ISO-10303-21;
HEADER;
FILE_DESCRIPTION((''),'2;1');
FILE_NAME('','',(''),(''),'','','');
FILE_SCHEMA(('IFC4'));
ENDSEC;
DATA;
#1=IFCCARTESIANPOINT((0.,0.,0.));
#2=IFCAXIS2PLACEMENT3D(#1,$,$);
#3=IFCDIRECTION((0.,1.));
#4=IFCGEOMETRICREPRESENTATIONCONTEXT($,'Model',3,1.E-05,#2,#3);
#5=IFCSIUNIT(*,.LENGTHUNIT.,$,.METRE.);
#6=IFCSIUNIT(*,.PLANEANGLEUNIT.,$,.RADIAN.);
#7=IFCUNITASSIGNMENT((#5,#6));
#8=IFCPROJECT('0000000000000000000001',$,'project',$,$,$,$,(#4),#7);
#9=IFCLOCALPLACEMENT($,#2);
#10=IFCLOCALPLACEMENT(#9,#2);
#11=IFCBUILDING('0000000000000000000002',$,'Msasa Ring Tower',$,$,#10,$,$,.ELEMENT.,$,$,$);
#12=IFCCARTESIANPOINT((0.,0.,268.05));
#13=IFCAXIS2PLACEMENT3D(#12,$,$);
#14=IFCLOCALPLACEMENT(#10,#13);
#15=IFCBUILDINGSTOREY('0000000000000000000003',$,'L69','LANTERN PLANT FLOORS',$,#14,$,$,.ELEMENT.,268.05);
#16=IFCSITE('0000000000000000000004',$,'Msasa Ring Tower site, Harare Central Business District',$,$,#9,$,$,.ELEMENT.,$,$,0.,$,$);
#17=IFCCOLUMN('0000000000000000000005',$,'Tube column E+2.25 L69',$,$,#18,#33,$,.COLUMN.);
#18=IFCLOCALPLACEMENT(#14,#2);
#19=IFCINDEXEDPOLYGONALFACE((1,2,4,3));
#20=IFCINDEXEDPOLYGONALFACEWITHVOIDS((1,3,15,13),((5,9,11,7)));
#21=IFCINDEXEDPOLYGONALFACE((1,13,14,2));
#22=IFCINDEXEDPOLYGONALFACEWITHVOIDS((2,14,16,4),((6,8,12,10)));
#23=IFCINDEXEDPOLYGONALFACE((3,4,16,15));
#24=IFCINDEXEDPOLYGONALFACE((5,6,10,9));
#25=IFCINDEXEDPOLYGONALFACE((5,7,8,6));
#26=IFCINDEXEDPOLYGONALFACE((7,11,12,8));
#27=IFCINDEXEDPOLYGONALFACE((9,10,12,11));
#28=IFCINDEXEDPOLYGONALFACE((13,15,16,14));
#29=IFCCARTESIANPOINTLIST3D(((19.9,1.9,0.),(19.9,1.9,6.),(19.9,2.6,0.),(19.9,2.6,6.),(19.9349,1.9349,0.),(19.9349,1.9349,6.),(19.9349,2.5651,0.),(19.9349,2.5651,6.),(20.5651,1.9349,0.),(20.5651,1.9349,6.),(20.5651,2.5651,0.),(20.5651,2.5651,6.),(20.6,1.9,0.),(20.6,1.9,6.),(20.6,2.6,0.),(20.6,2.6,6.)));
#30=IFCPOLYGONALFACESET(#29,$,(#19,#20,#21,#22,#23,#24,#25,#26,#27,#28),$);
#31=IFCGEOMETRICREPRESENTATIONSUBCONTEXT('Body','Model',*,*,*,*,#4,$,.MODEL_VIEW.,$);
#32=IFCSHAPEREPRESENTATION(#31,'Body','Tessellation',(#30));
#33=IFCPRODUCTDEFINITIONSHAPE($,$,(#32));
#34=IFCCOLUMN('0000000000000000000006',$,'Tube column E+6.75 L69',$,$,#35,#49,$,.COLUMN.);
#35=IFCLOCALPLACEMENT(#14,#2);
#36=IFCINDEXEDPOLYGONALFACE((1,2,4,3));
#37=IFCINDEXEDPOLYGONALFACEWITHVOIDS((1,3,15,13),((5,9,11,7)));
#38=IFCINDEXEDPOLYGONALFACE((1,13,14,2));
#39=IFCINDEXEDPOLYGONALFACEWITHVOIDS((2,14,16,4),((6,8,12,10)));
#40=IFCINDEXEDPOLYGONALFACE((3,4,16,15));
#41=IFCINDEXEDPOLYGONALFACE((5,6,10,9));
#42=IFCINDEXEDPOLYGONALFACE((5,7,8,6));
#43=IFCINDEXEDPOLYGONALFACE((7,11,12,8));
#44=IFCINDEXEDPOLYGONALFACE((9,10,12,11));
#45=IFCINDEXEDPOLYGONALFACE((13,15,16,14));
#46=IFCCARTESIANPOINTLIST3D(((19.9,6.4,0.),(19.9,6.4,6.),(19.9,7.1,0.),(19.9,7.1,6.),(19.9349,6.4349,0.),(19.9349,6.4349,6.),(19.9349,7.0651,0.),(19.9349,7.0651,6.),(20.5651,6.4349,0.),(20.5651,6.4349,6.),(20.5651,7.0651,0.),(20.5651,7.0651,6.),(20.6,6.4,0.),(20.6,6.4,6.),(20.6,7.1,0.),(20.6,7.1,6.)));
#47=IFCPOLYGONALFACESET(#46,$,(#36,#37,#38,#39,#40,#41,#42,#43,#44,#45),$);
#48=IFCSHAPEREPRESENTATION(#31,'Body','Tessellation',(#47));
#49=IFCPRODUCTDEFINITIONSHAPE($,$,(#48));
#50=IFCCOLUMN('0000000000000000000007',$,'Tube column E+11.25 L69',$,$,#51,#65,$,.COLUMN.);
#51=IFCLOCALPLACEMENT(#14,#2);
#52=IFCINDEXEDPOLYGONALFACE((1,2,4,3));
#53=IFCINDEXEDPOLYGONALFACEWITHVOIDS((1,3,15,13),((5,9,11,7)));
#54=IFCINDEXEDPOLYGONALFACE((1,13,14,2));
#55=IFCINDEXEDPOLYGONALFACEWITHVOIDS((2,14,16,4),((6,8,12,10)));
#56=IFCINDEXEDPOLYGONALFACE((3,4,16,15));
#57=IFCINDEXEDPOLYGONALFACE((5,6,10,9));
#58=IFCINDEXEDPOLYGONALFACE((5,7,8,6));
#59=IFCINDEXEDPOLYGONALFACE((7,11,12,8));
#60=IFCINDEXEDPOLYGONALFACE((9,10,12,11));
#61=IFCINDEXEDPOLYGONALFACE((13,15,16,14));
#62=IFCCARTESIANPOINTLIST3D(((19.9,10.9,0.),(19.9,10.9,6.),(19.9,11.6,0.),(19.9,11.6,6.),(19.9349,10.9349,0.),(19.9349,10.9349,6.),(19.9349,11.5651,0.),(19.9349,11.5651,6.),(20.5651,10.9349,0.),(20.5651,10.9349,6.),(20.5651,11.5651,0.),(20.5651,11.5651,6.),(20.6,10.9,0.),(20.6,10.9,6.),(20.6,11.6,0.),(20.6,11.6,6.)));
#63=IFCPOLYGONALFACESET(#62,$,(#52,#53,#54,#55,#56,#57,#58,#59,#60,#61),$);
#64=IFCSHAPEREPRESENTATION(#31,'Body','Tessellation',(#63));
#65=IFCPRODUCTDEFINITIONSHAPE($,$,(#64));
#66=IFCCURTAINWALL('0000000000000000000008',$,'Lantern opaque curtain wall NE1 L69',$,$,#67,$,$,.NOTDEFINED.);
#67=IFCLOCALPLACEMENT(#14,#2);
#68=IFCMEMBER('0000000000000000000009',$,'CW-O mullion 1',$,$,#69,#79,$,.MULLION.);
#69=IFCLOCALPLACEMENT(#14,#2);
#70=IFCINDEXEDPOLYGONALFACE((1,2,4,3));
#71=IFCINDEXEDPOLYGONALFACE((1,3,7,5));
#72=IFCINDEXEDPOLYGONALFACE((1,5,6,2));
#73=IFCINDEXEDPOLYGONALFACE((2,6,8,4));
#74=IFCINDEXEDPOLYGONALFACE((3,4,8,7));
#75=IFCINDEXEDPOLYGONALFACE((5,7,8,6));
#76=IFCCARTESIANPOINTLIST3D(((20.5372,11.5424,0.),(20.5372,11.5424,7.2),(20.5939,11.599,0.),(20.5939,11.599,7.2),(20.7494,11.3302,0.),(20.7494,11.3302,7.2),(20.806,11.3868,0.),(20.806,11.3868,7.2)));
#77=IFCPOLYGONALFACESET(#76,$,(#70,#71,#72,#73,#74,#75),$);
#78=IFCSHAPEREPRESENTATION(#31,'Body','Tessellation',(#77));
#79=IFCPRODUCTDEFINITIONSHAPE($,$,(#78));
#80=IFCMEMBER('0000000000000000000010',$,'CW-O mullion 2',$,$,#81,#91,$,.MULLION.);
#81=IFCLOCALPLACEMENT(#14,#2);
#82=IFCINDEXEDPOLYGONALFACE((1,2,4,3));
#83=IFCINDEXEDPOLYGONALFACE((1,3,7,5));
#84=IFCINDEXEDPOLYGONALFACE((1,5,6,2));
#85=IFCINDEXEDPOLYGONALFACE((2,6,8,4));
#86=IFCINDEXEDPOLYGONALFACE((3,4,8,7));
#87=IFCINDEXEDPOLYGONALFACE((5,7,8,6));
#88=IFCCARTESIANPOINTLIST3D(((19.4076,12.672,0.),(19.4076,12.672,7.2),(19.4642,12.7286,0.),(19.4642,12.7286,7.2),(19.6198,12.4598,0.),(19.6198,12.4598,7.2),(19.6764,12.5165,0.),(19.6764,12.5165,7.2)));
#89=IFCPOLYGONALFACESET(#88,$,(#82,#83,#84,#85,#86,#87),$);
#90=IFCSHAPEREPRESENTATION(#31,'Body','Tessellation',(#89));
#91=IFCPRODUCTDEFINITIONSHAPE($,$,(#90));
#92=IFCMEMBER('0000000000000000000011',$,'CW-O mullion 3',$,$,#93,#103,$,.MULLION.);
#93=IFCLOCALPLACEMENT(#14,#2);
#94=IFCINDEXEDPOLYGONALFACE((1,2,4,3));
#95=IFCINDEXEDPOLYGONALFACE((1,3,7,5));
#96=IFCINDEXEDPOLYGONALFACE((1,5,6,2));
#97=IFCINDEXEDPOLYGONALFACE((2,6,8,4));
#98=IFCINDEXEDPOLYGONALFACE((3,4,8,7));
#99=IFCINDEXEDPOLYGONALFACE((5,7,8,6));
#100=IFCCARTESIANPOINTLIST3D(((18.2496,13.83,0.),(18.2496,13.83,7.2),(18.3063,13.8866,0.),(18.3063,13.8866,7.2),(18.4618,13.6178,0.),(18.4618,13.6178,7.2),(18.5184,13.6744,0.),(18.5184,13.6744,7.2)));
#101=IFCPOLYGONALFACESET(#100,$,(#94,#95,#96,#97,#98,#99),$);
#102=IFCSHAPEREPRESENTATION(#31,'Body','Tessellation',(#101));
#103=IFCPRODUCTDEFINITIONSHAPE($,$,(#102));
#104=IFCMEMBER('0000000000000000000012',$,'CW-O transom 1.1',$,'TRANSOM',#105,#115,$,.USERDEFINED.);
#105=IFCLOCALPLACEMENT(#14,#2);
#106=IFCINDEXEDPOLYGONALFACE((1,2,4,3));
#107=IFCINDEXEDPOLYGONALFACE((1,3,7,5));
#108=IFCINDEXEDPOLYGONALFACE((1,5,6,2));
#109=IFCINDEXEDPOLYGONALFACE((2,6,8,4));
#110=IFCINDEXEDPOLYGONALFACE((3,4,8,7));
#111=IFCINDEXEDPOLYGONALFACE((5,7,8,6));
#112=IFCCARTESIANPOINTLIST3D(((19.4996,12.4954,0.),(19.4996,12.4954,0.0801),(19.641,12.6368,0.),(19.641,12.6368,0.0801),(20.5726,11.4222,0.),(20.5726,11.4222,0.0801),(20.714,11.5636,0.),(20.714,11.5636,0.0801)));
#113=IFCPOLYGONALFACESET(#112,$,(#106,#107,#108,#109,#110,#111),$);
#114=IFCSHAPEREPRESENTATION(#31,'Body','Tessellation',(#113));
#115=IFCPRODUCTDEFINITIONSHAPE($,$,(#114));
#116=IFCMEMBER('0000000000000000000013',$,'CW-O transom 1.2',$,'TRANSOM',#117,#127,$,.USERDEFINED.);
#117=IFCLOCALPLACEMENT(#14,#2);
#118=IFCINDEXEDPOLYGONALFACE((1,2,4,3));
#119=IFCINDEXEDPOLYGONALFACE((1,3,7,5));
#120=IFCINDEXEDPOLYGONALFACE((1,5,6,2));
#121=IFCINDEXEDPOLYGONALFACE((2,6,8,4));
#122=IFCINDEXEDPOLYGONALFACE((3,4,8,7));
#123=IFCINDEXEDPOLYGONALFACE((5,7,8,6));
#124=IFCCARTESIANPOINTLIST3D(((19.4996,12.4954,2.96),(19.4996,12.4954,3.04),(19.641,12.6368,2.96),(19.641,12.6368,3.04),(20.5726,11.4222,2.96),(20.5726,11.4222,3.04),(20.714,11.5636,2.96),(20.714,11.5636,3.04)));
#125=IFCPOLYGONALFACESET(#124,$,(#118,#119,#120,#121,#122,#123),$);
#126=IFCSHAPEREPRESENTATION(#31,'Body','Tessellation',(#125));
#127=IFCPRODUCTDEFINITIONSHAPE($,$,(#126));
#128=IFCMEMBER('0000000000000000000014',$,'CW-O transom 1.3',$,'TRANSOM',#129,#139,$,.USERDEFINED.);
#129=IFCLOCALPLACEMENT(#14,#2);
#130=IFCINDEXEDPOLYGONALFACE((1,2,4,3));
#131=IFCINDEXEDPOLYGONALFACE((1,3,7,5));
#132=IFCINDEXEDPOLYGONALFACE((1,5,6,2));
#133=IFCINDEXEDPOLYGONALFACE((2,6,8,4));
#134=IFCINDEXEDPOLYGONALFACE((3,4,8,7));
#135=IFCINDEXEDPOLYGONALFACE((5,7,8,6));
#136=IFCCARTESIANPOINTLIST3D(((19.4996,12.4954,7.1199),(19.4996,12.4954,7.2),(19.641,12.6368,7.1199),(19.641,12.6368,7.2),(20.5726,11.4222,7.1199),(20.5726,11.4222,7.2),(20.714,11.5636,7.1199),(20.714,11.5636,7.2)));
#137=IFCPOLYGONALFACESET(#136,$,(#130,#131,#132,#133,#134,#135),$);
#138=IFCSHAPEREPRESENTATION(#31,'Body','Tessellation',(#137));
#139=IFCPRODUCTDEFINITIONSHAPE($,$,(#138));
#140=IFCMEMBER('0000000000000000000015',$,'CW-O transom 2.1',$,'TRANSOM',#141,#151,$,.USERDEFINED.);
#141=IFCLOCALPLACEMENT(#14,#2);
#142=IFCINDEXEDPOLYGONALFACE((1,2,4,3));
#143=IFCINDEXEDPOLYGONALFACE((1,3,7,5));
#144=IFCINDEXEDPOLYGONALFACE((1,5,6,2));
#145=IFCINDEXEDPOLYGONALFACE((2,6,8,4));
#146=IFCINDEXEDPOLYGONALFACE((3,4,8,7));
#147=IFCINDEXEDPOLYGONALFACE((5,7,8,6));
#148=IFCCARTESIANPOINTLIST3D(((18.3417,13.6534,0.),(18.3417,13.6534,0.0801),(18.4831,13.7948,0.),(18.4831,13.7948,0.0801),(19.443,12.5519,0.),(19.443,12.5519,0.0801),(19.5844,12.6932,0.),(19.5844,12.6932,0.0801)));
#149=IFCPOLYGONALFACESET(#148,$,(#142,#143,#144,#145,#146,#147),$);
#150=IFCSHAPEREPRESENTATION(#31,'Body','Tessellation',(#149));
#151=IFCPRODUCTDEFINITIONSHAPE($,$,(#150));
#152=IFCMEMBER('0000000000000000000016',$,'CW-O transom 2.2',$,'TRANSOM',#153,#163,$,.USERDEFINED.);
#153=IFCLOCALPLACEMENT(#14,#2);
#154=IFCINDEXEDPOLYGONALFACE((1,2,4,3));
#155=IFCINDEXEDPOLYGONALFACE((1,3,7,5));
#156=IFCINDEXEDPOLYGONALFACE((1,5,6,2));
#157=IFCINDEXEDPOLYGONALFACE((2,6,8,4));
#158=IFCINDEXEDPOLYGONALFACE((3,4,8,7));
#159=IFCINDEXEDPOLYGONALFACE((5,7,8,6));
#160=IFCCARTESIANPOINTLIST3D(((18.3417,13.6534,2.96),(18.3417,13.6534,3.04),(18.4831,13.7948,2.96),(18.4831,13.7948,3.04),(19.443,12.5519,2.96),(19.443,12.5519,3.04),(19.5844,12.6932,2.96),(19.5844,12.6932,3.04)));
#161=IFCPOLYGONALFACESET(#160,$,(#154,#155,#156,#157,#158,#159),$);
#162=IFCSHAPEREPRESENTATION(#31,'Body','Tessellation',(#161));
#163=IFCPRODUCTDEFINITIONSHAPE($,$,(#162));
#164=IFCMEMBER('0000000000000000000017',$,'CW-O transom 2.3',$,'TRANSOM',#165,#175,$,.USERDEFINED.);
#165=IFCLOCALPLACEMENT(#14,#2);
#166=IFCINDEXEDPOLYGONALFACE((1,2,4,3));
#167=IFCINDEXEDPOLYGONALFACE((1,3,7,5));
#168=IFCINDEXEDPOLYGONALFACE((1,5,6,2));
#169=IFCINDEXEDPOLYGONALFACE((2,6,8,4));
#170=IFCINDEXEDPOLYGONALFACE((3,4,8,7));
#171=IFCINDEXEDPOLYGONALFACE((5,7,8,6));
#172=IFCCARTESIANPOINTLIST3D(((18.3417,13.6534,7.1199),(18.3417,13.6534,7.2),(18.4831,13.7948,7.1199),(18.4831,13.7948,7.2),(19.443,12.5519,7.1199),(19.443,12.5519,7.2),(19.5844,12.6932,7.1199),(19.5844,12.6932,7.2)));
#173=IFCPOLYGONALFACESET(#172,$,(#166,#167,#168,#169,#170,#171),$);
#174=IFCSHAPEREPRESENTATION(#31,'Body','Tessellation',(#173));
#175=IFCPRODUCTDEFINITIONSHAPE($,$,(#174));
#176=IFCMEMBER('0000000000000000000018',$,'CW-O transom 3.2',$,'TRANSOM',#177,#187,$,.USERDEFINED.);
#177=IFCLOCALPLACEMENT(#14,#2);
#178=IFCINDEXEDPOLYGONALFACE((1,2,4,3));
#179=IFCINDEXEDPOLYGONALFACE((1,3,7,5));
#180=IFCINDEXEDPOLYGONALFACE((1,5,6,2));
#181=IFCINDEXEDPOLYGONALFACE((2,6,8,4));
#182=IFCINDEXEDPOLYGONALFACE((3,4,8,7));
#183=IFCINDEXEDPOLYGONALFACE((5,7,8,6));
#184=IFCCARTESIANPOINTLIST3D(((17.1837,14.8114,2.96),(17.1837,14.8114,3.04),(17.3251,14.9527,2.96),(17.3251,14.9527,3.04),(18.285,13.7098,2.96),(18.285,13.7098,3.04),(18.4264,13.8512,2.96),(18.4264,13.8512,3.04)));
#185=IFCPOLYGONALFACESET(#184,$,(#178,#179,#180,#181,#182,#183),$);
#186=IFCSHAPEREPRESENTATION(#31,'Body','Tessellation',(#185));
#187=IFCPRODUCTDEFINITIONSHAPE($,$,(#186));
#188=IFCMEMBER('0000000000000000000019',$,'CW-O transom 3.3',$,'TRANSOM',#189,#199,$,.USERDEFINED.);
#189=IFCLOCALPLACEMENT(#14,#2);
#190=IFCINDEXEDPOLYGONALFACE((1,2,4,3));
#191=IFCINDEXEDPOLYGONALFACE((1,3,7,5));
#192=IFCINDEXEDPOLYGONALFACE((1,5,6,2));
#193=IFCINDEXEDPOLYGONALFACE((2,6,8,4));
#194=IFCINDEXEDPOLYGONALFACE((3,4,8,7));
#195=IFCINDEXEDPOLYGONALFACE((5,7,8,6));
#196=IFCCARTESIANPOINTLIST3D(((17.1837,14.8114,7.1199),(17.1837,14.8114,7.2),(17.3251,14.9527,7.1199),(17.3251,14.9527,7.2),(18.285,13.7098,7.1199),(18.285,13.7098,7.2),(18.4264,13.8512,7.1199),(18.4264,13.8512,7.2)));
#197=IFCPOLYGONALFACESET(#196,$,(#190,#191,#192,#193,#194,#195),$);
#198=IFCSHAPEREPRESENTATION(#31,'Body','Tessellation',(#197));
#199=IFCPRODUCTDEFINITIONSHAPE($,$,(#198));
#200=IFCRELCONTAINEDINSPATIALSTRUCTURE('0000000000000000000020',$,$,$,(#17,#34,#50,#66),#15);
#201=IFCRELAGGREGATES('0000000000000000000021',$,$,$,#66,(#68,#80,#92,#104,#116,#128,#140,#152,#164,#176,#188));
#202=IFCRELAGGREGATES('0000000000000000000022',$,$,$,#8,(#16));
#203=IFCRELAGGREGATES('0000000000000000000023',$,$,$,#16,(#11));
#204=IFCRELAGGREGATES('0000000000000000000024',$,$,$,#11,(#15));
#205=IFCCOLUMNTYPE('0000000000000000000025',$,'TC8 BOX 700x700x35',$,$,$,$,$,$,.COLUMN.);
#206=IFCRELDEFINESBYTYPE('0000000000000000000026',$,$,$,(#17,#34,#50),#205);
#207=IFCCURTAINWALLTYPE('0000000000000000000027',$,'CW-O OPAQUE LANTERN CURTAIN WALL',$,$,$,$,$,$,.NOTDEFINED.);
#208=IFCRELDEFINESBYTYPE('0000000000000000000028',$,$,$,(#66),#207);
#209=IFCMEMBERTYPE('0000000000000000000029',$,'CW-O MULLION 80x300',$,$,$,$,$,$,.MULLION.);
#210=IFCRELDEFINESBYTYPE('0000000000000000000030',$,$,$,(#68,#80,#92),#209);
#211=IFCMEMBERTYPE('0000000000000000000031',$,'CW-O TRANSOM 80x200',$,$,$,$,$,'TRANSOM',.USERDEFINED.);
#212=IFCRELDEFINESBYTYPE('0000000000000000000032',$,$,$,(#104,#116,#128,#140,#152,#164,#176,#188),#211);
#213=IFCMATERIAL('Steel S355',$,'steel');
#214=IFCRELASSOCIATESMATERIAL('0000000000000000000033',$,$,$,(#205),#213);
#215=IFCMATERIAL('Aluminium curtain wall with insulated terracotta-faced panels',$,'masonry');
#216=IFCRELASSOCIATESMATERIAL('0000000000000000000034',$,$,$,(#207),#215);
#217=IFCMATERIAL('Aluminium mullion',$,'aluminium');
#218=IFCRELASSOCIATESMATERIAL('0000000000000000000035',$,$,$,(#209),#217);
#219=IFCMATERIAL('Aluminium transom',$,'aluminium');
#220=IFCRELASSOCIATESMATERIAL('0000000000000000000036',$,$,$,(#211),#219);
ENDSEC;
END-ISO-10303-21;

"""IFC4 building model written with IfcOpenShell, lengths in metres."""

from ifc_helpers import new_model, si_unit, direction, frame, origin, origin_2d, place, context, subcontext, project, spatial, rectangle, hollow_rectangle, extrude, material, material_profile, profile_set, type_object, element, aggregate, save


model = new_model("IFC4")

# Units and contexts
model_context = context("Model", 3, precision=1e-05, world=origin(), true_north=direction((0.0, 1.0)))
body_context = subcontext(model_context, "Body", "Model", "MODEL_VIEW")
ifc_project = project(units=[si_unit("LENGTHUNIT", "METRE"), si_unit("PLANEANGLEUNIT", "RADIAN")], contexts=[model_context])

# Site, building, storey
site_placement = place(None, origin())
site = spatial("IfcSite", under=ifc_project, at=site_placement, Name="Msasa Ring Tower site, Harare Central Business District", CompositionType="ELEMENT", RefElevation=0.0)
building_placement = place(site_placement, origin())
building = spatial("IfcBuilding", under=site, at=building_placement, Name="Msasa Ring Tower", CompositionType="ELEMENT")
storey_placement = place(building_placement, frame((0.0, 0.0, 268.05)))
storey = spatial("IfcBuildingStorey", under=building, at=storey_placement, Name="L69", Description="LANTERN PLANT FLOORS", CompositionType="ELEMENT", Elevation=268.05)

# Columns
ifc_material_1 = material(Name="Steel S355", Category="steel")
ifc_material_profile_1 = material_profile(ifc_material_1, hollow_rectangle(XDim=0.7, YDim=0.7, WallThickness=0.0349, at=origin_2d()), Name="BOX 700x700x35")
ifc_profile_set_1 = profile_set([ifc_material_profile_1], Name="Steel S355")
column_type = type_object("IfcColumnType", Name="TC8 BOX 700x700x35", PredefinedType="COLUMN", material=ifc_profile_set_1)
for number, where, z_axis, x_axis, name in (
    (1, (20.25, 2.25, 0.0), (0.0, 0.0, 1.0), (1.0, 0.0, 0.0), "Tube column E+2.25 L69"),
    (2, (20.25, 6.75, 0.0), (0.0, 0.0, 1.0), (1.0, 0.0, 0.0), "Tube column E+6.75 L69"),
    (3, (20.25, 11.25, 0.0), (0.0, 0.0, 1.0), (1.0, 0.0, 0.0), "Tube column E+11.25 L69"),
):
    element("IfcColumn", number, at=place(storey_placement, frame(where, z_axis=z_axis, x_axis=x_axis)), inside=storey, type_object=column_type, Name=name, PredefinedType="COLUMN", context=body_context, shape_type="SweptSolid", body=[
        extrude(hollow_rectangle(XDim=0.7, YDim=0.7, WallThickness=0.0349, at=origin_2d()), origin(), (0.0, 0.0, 1.0), 6.0),
    ])

# Curtain wall, members
ifc_material_2 = material(Name="Aluminium curtain wall with insulated terracotta-faced panels", Category="masonry")
curtain_wall_type = type_object("IfcCurtainWallType", Name="CW-O OPAQUE LANTERN CURTAIN WALL", PredefinedType="NOTDEFINED", material=ifc_material_2)
curtain_wall_placement = place(storey_placement, origin())
curtain_wall = element("IfcCurtainWall", 4, at=curtain_wall_placement, inside=storey, type_object=curtain_wall_type, Name="Lantern opaque curtain wall NE1 L69", PredefinedType="NOTDEFINED")
ifc_material_3 = material(Name="Aluminium mullion", Category="aluminium")
ifc_material_profile_2 = material_profile(ifc_material_3, rectangle(XDim=0.0801, YDim=0.3, at=origin_2d()), Name="AL 80x300")
ifc_profile_set_2 = profile_set([ifc_material_profile_2], Name="Aluminium mullion")
member_type_1 = type_object("IfcMemberType", Name="CW-O MULLION 80x300", PredefinedType="MULLION", material=ifc_profile_set_2)
member_1_placement = place(storey_placement, frame((20.6716, 11.4646, 0.0), z_axis=(0.0, 0.0, 1.0), x_axis=(-0.707107, -0.707107, 0.0)))
member_1 = element("IfcMember", 5, at=member_1_placement, type_object=member_type_1, Name="CW-O mullion 1", PredefinedType="MULLION", context=body_context, shape_type="SweptSolid", body=[
    extrude(rectangle(XDim=0.0801, YDim=0.3, at=origin_2d()), origin(), (0.0, 0.0, 1.0), 7.2),
])
member_2_placement = place(storey_placement, frame((19.542, 12.5942, 0.0), z_axis=(0.0, 0.0, 1.0), x_axis=(-0.707107, -0.707107, 0.0)))
member_2 = element("IfcMember", 6, at=member_2_placement, type_object=member_type_1, Name="CW-O mullion 2", PredefinedType="MULLION", context=body_context, shape_type="SweptSolid", body=[
    extrude(rectangle(XDim=0.0801, YDim=0.3, at=origin_2d()), origin(), (0.0, 0.0, 1.0), 7.2),
])
member_3_placement = place(storey_placement, frame((18.384, 13.7522, 0.0), z_axis=(0.0, 0.0, 1.0), x_axis=(-0.707107, -0.707107, 0.0)))
member_3 = element("IfcMember", 7, at=member_3_placement, type_object=member_type_1, Name="CW-O mullion 3", PredefinedType="MULLION", context=body_context, shape_type="SweptSolid", body=[
    extrude(rectangle(XDim=0.0801, YDim=0.3, at=origin_2d()), origin(), (0.0, 0.0, 1.0), 7.2),
])
ifc_material_4 = material(Name="Aluminium transom", Category="aluminium")
ifc_material_profile_3 = material_profile(ifc_material_4, rectangle(XDim=0.2, YDim=0.0801, at=origin_2d()), Name="AL 80x200")
ifc_profile_set_3 = profile_set([ifc_material_profile_3], Name="Aluminium transom")
member_type_2 = type_object("IfcMemberType", Name="CW-O TRANSOM 80x200", ElementType="TRANSOM", PredefinedType="USERDEFINED", material=ifc_profile_set_3)
member_4_placement = place(storey_placement, frame((20.6433, 11.4929, 0.04), z_axis=(-0.707026, 0.707187, 0.0), x_axis=(-0.707187, -0.707026, 0.0)))
member_4 = element("IfcMember", 8, at=member_4_placement, type_object=member_type_2, Name="CW-O transom 1.1", ObjectType="TRANSOM", PredefinedType="USERDEFINED", context=body_context, shape_type="SweptSolid", body=[
    extrude(rectangle(XDim=0.2, YDim=0.0801, at=origin_2d()), origin(), (0.0, 0.0, 1.0), 1.5176),
])
member_5_placement = place(storey_placement, frame((20.6433, 11.4929, 3.0), z_axis=(-0.707026, 0.707187, 0.0), x_axis=(-0.707187, -0.707026, 0.0)))
member_5 = element("IfcMember", 9, at=member_5_placement, type_object=member_type_2, Name="CW-O transom 1.2", ObjectType="TRANSOM", PredefinedType="USERDEFINED", context=body_context, shape_type="SweptSolid", body=[
    extrude(rectangle(XDim=0.2, YDim=0.0801, at=origin_2d()), origin(), (0.0, 0.0, 1.0), 1.5176),
])
member_6_placement = place(storey_placement, frame((20.6433, 11.4929, 7.1599), z_axis=(-0.707026, 0.707187, 0.0), x_axis=(-0.707187, -0.707026, 0.0)))
member_6 = element("IfcMember", 10, at=member_6_placement, type_object=member_type_2, Name="CW-O transom 1.3", ObjectType="TRANSOM", PredefinedType="USERDEFINED", context=body_context, shape_type="SweptSolid", body=[
    extrude(rectangle(XDim=0.2, YDim=0.0801, at=origin_2d()), origin(), (0.0, 0.0, 1.0), 1.5176),
])
member_7_placement = place(storey_placement, frame((19.5137, 12.6226, 0.04), z_axis=(-0.707028, 0.707185, 0.0), x_axis=(-0.707185, -0.707028, 0.0)))
member_7 = element("IfcMember", 11, at=member_7_placement, type_object=member_type_2, Name="CW-O transom 2.1", ObjectType="TRANSOM", PredefinedType="USERDEFINED", context=body_context, shape_type="SweptSolid", body=[
    extrude(rectangle(XDim=0.2, YDim=0.0801, at=origin_2d()), origin(), (0.0, 0.0, 1.0), 1.5576),
])
member_8_placement = place(storey_placement, frame((19.5137, 12.6226, 3.0), z_axis=(-0.707028, 0.707185, 0.0), x_axis=(-0.707185, -0.707028, 0.0)))
member_8 = element("IfcMember", 12, at=member_8_placement, type_object=member_type_2, Name="CW-O transom 2.2", ObjectType="TRANSOM", PredefinedType="USERDEFINED", context=body_context, shape_type="SweptSolid", body=[
    extrude(rectangle(XDim=0.2, YDim=0.0801, at=origin_2d()), origin(), (0.0, 0.0, 1.0), 1.5576),
])
member_9_placement = place(storey_placement, frame((19.5137, 12.6226, 7.1599), z_axis=(-0.707028, 0.707185, 0.0), x_axis=(-0.707185, -0.707028, 0.0)))
member_9 = element("IfcMember", 13, at=member_9_placement, type_object=member_type_2, Name="CW-O transom 2.3", ObjectType="TRANSOM", PredefinedType="USERDEFINED", context=body_context, shape_type="SweptSolid", body=[
    extrude(rectangle(XDim=0.2, YDim=0.0801, at=origin_2d()), origin(), (0.0, 0.0, 1.0), 1.5576),
])
member_10_placement = place(storey_placement, frame((18.3557, 13.7805, 3.0), z_axis=(-0.707028, 0.707185, 0.0), x_axis=(-0.707185, -0.707028, 0.0)))
member_10 = element("IfcMember", 14, at=member_10_placement, type_object=member_type_2, Name="CW-O transom 3.2", ObjectType="TRANSOM", PredefinedType="USERDEFINED", context=body_context, shape_type="SweptSolid", body=[
    extrude(rectangle(XDim=0.2, YDim=0.0801, at=origin_2d()), origin(), (0.0, 0.0, 1.0), 1.5576),
])
member_11_placement = place(storey_placement, frame((18.3557, 13.7805, 7.1599), z_axis=(-0.707028, 0.707185, 0.0), x_axis=(-0.707185, -0.707028, 0.0)))
member_11 = element("IfcMember", 15, at=member_11_placement, type_object=member_type_2, Name="CW-O transom 3.3", ObjectType="TRANSOM", PredefinedType="USERDEFINED", context=body_context, shape_type="SweptSolid", body=[
    extrude(rectangle(XDim=0.2, YDim=0.0801, at=origin_2d()), origin(), (0.0, 0.0, 1.0), 1.5576),
])

aggregate(curtain_wall, [member_1, member_2, member_3, member_4, member_5, member_6, member_7, member_8, member_9, member_10, member_11])

save(model, "model.ifc")
